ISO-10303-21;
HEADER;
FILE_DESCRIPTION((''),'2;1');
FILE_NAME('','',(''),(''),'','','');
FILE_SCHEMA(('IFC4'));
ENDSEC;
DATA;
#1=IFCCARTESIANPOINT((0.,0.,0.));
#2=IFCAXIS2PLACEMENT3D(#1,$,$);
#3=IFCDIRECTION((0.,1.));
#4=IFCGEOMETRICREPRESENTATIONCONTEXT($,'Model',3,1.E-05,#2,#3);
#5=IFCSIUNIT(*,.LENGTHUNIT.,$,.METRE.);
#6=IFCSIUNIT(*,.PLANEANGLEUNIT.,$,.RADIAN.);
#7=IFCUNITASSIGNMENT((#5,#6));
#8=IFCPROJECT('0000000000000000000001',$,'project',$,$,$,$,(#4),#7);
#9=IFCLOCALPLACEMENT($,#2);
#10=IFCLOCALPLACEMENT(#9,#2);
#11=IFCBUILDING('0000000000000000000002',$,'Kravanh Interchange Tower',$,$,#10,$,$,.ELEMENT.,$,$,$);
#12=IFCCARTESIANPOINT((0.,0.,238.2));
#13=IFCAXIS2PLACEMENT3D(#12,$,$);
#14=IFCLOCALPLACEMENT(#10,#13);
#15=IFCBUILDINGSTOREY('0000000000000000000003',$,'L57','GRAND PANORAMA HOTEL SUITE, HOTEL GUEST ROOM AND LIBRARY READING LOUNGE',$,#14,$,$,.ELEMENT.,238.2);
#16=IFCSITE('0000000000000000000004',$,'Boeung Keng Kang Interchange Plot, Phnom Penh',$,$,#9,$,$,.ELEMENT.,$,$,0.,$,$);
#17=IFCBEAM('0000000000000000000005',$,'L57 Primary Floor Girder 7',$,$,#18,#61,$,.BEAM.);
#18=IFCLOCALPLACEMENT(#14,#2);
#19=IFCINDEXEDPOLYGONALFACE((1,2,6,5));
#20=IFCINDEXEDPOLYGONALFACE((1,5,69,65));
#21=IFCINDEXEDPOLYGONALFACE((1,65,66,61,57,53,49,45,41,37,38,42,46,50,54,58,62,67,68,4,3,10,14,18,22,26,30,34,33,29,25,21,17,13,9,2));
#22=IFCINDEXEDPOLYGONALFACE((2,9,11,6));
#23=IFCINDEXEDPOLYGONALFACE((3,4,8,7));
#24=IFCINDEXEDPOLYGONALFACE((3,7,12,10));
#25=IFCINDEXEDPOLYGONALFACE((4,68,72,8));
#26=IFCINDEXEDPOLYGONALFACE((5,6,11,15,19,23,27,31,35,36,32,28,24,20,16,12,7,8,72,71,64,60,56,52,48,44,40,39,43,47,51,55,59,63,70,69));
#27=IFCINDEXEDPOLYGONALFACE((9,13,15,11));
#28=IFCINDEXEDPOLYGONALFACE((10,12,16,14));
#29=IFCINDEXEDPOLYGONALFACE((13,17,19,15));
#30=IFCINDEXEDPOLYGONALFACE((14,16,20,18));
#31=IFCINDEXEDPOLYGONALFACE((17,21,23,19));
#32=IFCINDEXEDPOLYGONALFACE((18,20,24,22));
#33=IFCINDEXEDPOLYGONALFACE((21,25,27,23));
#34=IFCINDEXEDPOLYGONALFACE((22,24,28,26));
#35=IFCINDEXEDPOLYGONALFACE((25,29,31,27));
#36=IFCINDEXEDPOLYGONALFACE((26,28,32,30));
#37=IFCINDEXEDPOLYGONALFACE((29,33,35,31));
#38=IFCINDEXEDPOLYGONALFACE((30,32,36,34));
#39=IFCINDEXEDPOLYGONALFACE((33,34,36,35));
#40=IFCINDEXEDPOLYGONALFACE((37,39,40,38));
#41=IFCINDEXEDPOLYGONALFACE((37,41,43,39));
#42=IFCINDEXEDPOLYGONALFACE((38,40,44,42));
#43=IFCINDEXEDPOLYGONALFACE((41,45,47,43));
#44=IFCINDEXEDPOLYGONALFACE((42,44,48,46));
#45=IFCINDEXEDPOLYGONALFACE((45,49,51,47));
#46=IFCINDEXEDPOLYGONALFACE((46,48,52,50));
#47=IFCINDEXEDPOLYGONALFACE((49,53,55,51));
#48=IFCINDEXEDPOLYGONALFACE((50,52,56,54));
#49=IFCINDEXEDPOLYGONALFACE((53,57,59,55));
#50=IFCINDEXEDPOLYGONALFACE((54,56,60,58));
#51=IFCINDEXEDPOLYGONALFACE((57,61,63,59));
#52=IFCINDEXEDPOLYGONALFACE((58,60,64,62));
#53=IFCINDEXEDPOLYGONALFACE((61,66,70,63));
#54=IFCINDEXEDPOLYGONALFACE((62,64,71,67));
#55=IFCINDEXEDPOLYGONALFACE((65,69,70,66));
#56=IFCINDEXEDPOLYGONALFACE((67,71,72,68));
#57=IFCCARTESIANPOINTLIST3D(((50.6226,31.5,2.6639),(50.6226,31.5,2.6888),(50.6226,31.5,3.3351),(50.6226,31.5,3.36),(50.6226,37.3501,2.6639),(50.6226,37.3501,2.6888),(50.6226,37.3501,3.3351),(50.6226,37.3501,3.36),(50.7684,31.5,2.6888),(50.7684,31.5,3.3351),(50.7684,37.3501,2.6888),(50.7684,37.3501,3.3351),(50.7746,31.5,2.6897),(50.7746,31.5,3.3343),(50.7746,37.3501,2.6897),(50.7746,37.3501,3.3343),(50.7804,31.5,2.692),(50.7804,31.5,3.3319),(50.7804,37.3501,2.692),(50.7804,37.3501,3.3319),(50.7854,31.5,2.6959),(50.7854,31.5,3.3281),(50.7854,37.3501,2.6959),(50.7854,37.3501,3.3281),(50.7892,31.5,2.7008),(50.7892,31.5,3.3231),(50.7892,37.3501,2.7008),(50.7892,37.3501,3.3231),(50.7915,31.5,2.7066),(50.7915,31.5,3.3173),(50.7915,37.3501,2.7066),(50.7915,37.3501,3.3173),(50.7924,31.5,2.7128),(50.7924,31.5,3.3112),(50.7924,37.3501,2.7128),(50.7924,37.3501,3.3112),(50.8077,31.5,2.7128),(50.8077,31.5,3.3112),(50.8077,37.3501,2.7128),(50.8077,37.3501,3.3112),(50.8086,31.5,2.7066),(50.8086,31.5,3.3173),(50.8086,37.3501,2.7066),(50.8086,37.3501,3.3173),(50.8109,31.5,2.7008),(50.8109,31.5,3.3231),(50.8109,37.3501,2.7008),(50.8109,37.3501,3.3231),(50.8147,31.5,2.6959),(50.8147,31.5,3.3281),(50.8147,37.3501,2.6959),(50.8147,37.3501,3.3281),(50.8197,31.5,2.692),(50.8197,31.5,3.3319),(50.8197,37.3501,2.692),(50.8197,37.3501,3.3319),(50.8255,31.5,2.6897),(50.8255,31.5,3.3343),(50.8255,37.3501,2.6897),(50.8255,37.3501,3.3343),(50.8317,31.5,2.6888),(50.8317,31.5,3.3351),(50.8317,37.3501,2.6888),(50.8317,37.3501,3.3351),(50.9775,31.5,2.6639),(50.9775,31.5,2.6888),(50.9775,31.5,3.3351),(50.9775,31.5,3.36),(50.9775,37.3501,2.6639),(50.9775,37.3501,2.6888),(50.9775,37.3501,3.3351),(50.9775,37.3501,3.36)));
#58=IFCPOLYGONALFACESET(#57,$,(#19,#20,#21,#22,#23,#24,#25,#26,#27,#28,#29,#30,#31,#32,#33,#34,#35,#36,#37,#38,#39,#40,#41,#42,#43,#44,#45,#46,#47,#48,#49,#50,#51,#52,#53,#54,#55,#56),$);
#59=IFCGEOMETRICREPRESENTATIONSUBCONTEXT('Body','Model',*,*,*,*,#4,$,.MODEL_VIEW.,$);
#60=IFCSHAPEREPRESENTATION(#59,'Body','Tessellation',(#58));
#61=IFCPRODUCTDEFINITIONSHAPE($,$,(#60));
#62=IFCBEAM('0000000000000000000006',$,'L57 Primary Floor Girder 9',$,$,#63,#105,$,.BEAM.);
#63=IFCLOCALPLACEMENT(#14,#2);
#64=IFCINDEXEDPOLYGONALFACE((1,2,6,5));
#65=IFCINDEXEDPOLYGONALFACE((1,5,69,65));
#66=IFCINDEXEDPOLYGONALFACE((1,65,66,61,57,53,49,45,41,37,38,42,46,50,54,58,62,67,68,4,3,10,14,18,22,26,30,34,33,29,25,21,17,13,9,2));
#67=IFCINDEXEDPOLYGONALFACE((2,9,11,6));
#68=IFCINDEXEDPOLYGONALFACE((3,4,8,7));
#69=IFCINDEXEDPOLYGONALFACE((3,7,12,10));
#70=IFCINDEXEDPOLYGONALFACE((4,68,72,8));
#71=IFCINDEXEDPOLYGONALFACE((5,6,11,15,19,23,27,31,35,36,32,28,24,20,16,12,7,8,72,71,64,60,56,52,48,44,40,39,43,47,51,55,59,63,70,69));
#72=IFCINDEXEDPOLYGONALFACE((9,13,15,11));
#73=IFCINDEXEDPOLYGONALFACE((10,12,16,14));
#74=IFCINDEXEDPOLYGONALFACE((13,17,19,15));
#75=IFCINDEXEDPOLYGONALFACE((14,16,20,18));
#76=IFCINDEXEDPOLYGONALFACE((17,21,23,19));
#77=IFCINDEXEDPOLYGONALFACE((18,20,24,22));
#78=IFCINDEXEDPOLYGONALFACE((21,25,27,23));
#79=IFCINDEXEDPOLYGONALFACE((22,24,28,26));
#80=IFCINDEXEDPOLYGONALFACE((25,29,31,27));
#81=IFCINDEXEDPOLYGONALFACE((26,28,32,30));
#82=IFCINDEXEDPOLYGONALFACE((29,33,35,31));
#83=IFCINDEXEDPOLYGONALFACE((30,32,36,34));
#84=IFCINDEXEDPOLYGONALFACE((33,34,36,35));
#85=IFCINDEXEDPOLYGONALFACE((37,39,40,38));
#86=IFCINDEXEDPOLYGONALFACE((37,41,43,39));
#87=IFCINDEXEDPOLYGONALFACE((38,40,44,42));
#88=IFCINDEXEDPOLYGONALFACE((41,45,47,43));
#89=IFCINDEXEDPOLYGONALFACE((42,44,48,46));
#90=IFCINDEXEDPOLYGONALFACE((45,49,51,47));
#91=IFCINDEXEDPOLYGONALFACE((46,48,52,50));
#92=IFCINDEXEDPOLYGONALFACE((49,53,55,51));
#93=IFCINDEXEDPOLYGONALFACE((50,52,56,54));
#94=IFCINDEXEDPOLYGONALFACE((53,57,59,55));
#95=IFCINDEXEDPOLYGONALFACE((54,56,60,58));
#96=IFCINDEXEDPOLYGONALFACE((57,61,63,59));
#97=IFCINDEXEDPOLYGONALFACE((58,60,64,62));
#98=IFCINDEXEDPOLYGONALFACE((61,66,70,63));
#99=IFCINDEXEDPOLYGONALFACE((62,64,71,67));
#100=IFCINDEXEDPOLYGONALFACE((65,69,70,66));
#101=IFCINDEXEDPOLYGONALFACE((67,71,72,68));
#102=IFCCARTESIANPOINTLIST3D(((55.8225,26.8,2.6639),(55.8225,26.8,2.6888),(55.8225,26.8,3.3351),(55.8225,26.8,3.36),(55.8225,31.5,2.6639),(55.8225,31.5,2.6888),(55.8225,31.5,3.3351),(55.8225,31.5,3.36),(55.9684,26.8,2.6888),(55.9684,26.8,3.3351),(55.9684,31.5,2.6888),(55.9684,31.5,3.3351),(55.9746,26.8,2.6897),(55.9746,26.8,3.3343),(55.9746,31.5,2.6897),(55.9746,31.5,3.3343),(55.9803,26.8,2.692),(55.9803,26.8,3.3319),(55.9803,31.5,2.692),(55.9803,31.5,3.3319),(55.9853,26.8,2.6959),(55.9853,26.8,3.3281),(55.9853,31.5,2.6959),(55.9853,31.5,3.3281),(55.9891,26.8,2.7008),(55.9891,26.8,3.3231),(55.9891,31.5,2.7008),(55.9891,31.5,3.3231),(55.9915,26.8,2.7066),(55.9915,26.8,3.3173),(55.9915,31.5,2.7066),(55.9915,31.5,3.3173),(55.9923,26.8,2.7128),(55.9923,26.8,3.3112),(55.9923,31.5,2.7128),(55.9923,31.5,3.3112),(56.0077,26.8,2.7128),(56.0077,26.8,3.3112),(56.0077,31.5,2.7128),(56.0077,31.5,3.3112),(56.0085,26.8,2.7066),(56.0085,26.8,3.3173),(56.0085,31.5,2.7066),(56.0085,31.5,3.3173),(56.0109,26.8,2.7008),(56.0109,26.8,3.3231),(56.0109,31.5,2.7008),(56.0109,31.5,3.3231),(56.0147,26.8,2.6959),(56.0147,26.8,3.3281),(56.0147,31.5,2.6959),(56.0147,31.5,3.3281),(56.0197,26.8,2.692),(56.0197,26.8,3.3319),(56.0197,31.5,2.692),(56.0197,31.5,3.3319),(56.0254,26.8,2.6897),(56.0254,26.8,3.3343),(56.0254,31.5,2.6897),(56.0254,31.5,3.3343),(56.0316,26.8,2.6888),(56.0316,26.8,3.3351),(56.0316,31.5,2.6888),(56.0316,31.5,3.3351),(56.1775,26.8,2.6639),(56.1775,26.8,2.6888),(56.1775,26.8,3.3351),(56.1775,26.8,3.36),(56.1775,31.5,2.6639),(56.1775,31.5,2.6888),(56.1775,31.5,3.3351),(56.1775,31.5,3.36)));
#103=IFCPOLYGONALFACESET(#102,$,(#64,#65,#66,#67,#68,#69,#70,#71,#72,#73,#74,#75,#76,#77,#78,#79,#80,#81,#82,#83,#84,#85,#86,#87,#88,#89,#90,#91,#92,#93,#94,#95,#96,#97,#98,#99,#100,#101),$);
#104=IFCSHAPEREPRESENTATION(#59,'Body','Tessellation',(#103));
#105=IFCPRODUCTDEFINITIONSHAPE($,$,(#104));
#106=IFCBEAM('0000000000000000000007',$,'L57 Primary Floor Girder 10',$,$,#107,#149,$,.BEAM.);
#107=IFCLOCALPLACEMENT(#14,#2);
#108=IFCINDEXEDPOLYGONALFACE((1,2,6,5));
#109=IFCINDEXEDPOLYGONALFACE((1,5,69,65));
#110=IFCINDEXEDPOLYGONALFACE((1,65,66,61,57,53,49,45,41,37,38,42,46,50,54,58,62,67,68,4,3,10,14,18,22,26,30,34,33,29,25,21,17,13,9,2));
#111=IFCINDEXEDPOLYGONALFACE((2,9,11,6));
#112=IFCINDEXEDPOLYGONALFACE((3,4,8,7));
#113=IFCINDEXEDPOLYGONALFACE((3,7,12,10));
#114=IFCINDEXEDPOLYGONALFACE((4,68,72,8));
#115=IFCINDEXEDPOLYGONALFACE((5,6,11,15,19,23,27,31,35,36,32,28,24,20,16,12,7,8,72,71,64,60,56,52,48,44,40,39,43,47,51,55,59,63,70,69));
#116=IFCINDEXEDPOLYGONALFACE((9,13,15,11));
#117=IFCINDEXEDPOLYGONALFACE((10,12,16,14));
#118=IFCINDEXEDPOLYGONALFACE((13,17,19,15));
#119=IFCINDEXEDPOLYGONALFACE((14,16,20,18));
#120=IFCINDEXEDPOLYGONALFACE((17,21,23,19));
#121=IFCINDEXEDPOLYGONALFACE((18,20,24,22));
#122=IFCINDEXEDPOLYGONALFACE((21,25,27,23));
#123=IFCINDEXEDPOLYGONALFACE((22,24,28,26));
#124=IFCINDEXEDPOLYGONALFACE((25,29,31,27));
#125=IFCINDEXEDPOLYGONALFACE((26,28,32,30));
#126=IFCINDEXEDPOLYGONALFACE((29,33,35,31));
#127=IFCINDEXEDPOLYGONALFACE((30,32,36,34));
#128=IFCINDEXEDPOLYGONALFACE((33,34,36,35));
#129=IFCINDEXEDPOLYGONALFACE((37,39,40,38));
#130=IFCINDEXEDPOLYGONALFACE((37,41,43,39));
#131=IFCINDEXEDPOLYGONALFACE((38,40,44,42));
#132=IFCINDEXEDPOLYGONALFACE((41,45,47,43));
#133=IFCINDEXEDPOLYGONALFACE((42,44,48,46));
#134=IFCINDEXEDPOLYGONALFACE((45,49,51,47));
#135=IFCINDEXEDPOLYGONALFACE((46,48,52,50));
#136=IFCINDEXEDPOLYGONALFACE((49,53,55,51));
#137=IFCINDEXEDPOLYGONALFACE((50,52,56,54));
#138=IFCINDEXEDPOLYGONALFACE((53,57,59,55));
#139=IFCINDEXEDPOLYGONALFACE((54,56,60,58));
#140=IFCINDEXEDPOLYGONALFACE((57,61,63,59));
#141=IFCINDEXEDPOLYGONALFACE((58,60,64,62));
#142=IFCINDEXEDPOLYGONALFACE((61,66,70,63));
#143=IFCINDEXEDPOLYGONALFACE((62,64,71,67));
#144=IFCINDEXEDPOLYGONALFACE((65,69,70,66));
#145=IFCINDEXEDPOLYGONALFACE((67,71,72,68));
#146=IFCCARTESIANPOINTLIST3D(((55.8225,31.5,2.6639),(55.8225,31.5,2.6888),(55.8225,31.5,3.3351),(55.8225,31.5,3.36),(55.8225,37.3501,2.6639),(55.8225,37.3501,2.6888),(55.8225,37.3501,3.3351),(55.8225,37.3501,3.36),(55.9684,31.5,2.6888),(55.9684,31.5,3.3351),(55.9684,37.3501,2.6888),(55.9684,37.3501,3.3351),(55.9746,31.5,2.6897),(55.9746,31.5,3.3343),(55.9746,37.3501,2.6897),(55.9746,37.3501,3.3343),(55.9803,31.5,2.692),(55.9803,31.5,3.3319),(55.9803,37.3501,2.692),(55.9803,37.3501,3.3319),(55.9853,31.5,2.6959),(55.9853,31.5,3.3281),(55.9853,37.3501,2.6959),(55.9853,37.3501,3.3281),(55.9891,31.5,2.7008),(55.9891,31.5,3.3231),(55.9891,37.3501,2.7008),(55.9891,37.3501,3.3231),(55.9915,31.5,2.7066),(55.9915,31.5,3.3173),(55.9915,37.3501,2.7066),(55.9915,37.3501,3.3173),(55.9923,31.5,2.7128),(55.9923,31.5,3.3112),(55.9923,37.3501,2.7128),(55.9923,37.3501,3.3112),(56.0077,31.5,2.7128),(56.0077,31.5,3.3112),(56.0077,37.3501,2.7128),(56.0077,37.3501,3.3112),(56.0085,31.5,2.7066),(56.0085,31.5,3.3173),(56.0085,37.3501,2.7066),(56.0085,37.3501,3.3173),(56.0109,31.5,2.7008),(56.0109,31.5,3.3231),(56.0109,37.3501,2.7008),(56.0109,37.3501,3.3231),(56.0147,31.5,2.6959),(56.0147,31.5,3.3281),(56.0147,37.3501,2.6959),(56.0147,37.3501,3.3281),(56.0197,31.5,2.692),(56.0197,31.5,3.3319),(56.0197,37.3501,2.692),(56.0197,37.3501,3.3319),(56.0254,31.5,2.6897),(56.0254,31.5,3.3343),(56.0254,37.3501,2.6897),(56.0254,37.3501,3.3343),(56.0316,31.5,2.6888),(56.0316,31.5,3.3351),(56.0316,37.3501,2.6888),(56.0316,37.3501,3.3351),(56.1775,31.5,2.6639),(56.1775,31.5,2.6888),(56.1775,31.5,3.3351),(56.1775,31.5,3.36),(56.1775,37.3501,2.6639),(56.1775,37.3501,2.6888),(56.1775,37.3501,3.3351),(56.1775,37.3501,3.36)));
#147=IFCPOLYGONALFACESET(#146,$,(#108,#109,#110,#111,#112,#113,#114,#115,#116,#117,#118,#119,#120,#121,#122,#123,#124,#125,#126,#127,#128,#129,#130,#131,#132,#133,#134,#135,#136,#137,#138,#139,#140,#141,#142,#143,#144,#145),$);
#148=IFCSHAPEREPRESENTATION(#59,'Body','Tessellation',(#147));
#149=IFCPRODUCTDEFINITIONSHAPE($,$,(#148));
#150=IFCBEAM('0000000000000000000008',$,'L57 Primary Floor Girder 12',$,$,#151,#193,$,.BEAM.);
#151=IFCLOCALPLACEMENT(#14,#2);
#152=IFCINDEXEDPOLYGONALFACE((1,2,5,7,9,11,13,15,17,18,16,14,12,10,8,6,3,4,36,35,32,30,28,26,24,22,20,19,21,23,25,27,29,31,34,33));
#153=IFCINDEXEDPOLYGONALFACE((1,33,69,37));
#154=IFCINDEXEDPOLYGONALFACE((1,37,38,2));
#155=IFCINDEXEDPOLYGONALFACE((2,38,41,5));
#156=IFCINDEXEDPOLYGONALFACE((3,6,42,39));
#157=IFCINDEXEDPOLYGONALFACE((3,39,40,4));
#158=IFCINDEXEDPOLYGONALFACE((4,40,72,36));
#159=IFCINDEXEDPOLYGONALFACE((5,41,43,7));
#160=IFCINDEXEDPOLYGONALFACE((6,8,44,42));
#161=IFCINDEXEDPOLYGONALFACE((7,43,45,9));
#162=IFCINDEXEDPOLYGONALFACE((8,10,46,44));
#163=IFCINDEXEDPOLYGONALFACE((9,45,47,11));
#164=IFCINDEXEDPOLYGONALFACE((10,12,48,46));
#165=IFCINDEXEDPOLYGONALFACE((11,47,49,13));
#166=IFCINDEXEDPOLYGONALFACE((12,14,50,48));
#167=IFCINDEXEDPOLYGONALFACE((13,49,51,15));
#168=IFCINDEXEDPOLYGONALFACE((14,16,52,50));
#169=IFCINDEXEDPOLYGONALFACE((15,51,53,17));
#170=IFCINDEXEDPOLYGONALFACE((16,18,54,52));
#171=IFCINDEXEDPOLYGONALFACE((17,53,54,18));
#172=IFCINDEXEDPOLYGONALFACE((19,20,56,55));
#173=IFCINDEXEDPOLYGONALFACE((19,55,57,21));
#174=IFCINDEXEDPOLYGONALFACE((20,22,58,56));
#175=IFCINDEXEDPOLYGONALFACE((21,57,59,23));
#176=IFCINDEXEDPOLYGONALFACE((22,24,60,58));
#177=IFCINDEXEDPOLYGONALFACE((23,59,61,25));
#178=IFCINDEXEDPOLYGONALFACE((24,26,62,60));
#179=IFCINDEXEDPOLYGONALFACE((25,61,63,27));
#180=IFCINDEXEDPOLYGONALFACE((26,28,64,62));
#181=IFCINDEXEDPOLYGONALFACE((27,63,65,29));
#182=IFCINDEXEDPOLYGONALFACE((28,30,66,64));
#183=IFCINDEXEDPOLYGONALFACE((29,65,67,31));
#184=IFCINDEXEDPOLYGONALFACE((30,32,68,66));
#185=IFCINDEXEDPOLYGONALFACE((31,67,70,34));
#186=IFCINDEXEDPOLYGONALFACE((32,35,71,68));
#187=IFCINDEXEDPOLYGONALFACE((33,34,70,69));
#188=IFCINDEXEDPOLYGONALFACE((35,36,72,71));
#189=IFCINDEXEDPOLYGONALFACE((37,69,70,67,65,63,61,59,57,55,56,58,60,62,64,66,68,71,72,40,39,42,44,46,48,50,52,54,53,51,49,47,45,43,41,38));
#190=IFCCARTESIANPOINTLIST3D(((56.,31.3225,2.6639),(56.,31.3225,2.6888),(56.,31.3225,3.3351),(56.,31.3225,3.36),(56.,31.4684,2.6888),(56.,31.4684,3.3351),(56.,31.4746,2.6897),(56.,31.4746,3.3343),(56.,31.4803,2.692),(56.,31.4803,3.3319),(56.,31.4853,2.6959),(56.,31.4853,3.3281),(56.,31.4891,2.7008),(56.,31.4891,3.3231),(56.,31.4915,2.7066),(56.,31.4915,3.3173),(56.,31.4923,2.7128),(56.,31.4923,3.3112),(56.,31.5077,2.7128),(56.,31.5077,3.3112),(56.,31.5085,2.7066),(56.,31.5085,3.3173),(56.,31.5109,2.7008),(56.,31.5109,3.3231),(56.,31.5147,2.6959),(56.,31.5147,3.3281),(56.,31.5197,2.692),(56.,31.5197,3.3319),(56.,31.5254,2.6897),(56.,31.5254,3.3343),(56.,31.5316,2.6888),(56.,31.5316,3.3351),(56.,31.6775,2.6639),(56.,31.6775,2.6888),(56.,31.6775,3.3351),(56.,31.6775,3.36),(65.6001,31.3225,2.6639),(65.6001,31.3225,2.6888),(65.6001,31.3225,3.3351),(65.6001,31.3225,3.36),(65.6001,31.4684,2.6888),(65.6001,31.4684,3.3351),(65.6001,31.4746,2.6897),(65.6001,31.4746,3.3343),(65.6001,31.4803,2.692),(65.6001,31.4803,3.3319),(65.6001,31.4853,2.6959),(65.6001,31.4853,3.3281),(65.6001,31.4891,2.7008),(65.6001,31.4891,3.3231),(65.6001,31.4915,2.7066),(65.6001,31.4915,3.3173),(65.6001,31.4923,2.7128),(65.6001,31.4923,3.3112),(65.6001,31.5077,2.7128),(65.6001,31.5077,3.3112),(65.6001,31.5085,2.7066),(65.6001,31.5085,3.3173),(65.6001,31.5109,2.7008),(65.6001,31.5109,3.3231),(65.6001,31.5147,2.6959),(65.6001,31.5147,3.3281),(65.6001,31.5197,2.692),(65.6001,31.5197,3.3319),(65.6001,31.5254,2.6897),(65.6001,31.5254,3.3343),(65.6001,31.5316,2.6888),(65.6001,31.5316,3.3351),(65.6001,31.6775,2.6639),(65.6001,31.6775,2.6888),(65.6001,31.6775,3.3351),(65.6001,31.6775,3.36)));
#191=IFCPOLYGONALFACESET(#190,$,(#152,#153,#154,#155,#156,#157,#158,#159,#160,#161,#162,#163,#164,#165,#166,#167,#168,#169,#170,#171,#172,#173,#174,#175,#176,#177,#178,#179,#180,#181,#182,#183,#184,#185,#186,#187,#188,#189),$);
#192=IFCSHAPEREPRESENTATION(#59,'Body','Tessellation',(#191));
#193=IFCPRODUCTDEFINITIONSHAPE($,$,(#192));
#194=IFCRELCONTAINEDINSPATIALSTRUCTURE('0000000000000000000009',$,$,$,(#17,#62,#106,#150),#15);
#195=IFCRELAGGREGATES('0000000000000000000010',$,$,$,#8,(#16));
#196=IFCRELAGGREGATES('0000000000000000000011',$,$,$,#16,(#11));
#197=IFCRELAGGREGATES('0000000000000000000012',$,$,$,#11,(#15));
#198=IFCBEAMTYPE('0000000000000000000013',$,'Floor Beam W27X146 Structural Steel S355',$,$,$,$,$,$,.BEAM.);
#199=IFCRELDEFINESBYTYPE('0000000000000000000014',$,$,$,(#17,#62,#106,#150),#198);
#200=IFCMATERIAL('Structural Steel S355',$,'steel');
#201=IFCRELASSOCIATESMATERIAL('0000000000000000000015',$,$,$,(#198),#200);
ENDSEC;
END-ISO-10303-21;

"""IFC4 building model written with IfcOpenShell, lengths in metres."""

from ifc_helpers import new_model, si_unit, direction, frame, origin, origin_2d, place, context, subcontext, project, spatial, i_section, extrude, material, material_profile, profile_set, type_object, element, save


model = new_model("IFC4")

# Units and contexts
model_context = context("Model", 3, precision=1e-05, world=origin(), true_north=direction((0.0, 1.0)))
body_context = subcontext(model_context, "Body", "Model", "MODEL_VIEW")
ifc_project = project(units=[si_unit("LENGTHUNIT", "METRE"), si_unit("PLANEANGLEUNIT", "RADIAN")], contexts=[model_context])

# Site, building, storey
site_placement = place(None, origin())
site = spatial("IfcSite", under=ifc_project, at=site_placement, Name="Boeung Keng Kang Interchange Plot, Phnom Penh", CompositionType="ELEMENT", RefElevation=0.0)
building_placement = place(site_placement, origin())
building = spatial("IfcBuilding", under=site, at=building_placement, Name="Kravanh Interchange Tower", CompositionType="ELEMENT")
storey_placement = place(building_placement, frame((0.0, 0.0, 238.2)))
storey = spatial("IfcBuildingStorey", under=building, at=storey_placement, Name="L57", Description="GRAND PANORAMA HOTEL SUITE, HOTEL GUEST ROOM AND LIBRARY READING LOUNGE", CompositionType="ELEMENT", Elevation=238.2)

# Beams
ifc_material_1 = material(Name="Structural Steel S355", Category="steel")
ifc_material_profile_1 = material_profile(ifc_material_1, i_section(OverallWidth=0.355, OverallDepth=0.696, WebThickness=0.0154, FlangeThickness=0.0249, FilletRadius=0.0239, at=origin_2d()), Name="W27X146")
ifc_profile_set_1 = profile_set([ifc_material_profile_1], Name="Structural Steel S355")
beam_type_1 = type_object("IfcBeamType", Name="Floor Beam W27X146 Structural Steel S355", PredefinedType="BEAM", material=ifc_profile_set_1)
beam_1_placement = place(storey_placement, frame((50.8, 31.5, 3.012), z_axis=(0.0, 1.0, 0.0), x_axis=(-1.0, 0.0, 0.0)))
element("IfcBeam", 1, at=beam_1_placement, inside=storey, type_object=beam_type_1, Name="L57 Primary Floor Girder 7", PredefinedType="BEAM", context=body_context, shape_type="SweptSolid", body=[
    extrude(i_section(OverallWidth=0.355, OverallDepth=0.696, WebThickness=0.0154, FlangeThickness=0.0249, FilletRadius=0.0239, at=origin_2d()), origin(), (0.0, 0.0, 1.0), 5.8501),
])
beam_2_placement = place(storey_placement, frame((56.0, 31.5, 3.012), z_axis=(0.0, -1.0, 0.0), x_axis=(1.0, 0.0, 0.0)))
element("IfcBeam", 2, at=beam_2_placement, inside=storey, type_object=beam_type_1, Name="L57 Primary Floor Girder 9", PredefinedType="BEAM", context=body_context, shape_type="SweptSolid", body=[
    extrude(i_section(OverallWidth=0.355, OverallDepth=0.696, WebThickness=0.0154, FlangeThickness=0.0249, FilletRadius=0.0239, at=origin_2d()), origin(), (0.0, 0.0, 1.0), 4.7),
])
beam_3_placement = place(storey_placement, frame((56.0, 31.5, 3.012), z_axis=(0.0, 1.0, 0.0), x_axis=(-1.0, 0.0, 0.0)))
element("IfcBeam", 3, at=beam_3_placement, inside=storey, type_object=beam_type_1, Name="L57 Primary Floor Girder 10", PredefinedType="BEAM", context=body_context, shape_type="SweptSolid", body=[
    extrude(i_section(OverallWidth=0.355, OverallDepth=0.696, WebThickness=0.0154, FlangeThickness=0.0249, FilletRadius=0.0239, at=origin_2d()), origin(), (0.0, 0.0, 1.0), 5.8501),
])
beam_4_placement = place(storey_placement, frame((56.0, 31.5, 3.012), z_axis=(1.0, 0.0, 0.0), x_axis=(0.0, 1.0, 0.0)))
element("IfcBeam", 4, at=beam_4_placement, inside=storey, type_object=beam_type_1, Name="L57 Primary Floor Girder 12", PredefinedType="BEAM", context=body_context, shape_type="SweptSolid", body=[
    extrude(i_section(OverallWidth=0.355, OverallDepth=0.696, WebThickness=0.0154, FlangeThickness=0.0249, FilletRadius=0.0239, at=origin_2d()), origin(), (0.0, 0.0, 1.0), 9.6001),
])

save(model, "model.ifc")
